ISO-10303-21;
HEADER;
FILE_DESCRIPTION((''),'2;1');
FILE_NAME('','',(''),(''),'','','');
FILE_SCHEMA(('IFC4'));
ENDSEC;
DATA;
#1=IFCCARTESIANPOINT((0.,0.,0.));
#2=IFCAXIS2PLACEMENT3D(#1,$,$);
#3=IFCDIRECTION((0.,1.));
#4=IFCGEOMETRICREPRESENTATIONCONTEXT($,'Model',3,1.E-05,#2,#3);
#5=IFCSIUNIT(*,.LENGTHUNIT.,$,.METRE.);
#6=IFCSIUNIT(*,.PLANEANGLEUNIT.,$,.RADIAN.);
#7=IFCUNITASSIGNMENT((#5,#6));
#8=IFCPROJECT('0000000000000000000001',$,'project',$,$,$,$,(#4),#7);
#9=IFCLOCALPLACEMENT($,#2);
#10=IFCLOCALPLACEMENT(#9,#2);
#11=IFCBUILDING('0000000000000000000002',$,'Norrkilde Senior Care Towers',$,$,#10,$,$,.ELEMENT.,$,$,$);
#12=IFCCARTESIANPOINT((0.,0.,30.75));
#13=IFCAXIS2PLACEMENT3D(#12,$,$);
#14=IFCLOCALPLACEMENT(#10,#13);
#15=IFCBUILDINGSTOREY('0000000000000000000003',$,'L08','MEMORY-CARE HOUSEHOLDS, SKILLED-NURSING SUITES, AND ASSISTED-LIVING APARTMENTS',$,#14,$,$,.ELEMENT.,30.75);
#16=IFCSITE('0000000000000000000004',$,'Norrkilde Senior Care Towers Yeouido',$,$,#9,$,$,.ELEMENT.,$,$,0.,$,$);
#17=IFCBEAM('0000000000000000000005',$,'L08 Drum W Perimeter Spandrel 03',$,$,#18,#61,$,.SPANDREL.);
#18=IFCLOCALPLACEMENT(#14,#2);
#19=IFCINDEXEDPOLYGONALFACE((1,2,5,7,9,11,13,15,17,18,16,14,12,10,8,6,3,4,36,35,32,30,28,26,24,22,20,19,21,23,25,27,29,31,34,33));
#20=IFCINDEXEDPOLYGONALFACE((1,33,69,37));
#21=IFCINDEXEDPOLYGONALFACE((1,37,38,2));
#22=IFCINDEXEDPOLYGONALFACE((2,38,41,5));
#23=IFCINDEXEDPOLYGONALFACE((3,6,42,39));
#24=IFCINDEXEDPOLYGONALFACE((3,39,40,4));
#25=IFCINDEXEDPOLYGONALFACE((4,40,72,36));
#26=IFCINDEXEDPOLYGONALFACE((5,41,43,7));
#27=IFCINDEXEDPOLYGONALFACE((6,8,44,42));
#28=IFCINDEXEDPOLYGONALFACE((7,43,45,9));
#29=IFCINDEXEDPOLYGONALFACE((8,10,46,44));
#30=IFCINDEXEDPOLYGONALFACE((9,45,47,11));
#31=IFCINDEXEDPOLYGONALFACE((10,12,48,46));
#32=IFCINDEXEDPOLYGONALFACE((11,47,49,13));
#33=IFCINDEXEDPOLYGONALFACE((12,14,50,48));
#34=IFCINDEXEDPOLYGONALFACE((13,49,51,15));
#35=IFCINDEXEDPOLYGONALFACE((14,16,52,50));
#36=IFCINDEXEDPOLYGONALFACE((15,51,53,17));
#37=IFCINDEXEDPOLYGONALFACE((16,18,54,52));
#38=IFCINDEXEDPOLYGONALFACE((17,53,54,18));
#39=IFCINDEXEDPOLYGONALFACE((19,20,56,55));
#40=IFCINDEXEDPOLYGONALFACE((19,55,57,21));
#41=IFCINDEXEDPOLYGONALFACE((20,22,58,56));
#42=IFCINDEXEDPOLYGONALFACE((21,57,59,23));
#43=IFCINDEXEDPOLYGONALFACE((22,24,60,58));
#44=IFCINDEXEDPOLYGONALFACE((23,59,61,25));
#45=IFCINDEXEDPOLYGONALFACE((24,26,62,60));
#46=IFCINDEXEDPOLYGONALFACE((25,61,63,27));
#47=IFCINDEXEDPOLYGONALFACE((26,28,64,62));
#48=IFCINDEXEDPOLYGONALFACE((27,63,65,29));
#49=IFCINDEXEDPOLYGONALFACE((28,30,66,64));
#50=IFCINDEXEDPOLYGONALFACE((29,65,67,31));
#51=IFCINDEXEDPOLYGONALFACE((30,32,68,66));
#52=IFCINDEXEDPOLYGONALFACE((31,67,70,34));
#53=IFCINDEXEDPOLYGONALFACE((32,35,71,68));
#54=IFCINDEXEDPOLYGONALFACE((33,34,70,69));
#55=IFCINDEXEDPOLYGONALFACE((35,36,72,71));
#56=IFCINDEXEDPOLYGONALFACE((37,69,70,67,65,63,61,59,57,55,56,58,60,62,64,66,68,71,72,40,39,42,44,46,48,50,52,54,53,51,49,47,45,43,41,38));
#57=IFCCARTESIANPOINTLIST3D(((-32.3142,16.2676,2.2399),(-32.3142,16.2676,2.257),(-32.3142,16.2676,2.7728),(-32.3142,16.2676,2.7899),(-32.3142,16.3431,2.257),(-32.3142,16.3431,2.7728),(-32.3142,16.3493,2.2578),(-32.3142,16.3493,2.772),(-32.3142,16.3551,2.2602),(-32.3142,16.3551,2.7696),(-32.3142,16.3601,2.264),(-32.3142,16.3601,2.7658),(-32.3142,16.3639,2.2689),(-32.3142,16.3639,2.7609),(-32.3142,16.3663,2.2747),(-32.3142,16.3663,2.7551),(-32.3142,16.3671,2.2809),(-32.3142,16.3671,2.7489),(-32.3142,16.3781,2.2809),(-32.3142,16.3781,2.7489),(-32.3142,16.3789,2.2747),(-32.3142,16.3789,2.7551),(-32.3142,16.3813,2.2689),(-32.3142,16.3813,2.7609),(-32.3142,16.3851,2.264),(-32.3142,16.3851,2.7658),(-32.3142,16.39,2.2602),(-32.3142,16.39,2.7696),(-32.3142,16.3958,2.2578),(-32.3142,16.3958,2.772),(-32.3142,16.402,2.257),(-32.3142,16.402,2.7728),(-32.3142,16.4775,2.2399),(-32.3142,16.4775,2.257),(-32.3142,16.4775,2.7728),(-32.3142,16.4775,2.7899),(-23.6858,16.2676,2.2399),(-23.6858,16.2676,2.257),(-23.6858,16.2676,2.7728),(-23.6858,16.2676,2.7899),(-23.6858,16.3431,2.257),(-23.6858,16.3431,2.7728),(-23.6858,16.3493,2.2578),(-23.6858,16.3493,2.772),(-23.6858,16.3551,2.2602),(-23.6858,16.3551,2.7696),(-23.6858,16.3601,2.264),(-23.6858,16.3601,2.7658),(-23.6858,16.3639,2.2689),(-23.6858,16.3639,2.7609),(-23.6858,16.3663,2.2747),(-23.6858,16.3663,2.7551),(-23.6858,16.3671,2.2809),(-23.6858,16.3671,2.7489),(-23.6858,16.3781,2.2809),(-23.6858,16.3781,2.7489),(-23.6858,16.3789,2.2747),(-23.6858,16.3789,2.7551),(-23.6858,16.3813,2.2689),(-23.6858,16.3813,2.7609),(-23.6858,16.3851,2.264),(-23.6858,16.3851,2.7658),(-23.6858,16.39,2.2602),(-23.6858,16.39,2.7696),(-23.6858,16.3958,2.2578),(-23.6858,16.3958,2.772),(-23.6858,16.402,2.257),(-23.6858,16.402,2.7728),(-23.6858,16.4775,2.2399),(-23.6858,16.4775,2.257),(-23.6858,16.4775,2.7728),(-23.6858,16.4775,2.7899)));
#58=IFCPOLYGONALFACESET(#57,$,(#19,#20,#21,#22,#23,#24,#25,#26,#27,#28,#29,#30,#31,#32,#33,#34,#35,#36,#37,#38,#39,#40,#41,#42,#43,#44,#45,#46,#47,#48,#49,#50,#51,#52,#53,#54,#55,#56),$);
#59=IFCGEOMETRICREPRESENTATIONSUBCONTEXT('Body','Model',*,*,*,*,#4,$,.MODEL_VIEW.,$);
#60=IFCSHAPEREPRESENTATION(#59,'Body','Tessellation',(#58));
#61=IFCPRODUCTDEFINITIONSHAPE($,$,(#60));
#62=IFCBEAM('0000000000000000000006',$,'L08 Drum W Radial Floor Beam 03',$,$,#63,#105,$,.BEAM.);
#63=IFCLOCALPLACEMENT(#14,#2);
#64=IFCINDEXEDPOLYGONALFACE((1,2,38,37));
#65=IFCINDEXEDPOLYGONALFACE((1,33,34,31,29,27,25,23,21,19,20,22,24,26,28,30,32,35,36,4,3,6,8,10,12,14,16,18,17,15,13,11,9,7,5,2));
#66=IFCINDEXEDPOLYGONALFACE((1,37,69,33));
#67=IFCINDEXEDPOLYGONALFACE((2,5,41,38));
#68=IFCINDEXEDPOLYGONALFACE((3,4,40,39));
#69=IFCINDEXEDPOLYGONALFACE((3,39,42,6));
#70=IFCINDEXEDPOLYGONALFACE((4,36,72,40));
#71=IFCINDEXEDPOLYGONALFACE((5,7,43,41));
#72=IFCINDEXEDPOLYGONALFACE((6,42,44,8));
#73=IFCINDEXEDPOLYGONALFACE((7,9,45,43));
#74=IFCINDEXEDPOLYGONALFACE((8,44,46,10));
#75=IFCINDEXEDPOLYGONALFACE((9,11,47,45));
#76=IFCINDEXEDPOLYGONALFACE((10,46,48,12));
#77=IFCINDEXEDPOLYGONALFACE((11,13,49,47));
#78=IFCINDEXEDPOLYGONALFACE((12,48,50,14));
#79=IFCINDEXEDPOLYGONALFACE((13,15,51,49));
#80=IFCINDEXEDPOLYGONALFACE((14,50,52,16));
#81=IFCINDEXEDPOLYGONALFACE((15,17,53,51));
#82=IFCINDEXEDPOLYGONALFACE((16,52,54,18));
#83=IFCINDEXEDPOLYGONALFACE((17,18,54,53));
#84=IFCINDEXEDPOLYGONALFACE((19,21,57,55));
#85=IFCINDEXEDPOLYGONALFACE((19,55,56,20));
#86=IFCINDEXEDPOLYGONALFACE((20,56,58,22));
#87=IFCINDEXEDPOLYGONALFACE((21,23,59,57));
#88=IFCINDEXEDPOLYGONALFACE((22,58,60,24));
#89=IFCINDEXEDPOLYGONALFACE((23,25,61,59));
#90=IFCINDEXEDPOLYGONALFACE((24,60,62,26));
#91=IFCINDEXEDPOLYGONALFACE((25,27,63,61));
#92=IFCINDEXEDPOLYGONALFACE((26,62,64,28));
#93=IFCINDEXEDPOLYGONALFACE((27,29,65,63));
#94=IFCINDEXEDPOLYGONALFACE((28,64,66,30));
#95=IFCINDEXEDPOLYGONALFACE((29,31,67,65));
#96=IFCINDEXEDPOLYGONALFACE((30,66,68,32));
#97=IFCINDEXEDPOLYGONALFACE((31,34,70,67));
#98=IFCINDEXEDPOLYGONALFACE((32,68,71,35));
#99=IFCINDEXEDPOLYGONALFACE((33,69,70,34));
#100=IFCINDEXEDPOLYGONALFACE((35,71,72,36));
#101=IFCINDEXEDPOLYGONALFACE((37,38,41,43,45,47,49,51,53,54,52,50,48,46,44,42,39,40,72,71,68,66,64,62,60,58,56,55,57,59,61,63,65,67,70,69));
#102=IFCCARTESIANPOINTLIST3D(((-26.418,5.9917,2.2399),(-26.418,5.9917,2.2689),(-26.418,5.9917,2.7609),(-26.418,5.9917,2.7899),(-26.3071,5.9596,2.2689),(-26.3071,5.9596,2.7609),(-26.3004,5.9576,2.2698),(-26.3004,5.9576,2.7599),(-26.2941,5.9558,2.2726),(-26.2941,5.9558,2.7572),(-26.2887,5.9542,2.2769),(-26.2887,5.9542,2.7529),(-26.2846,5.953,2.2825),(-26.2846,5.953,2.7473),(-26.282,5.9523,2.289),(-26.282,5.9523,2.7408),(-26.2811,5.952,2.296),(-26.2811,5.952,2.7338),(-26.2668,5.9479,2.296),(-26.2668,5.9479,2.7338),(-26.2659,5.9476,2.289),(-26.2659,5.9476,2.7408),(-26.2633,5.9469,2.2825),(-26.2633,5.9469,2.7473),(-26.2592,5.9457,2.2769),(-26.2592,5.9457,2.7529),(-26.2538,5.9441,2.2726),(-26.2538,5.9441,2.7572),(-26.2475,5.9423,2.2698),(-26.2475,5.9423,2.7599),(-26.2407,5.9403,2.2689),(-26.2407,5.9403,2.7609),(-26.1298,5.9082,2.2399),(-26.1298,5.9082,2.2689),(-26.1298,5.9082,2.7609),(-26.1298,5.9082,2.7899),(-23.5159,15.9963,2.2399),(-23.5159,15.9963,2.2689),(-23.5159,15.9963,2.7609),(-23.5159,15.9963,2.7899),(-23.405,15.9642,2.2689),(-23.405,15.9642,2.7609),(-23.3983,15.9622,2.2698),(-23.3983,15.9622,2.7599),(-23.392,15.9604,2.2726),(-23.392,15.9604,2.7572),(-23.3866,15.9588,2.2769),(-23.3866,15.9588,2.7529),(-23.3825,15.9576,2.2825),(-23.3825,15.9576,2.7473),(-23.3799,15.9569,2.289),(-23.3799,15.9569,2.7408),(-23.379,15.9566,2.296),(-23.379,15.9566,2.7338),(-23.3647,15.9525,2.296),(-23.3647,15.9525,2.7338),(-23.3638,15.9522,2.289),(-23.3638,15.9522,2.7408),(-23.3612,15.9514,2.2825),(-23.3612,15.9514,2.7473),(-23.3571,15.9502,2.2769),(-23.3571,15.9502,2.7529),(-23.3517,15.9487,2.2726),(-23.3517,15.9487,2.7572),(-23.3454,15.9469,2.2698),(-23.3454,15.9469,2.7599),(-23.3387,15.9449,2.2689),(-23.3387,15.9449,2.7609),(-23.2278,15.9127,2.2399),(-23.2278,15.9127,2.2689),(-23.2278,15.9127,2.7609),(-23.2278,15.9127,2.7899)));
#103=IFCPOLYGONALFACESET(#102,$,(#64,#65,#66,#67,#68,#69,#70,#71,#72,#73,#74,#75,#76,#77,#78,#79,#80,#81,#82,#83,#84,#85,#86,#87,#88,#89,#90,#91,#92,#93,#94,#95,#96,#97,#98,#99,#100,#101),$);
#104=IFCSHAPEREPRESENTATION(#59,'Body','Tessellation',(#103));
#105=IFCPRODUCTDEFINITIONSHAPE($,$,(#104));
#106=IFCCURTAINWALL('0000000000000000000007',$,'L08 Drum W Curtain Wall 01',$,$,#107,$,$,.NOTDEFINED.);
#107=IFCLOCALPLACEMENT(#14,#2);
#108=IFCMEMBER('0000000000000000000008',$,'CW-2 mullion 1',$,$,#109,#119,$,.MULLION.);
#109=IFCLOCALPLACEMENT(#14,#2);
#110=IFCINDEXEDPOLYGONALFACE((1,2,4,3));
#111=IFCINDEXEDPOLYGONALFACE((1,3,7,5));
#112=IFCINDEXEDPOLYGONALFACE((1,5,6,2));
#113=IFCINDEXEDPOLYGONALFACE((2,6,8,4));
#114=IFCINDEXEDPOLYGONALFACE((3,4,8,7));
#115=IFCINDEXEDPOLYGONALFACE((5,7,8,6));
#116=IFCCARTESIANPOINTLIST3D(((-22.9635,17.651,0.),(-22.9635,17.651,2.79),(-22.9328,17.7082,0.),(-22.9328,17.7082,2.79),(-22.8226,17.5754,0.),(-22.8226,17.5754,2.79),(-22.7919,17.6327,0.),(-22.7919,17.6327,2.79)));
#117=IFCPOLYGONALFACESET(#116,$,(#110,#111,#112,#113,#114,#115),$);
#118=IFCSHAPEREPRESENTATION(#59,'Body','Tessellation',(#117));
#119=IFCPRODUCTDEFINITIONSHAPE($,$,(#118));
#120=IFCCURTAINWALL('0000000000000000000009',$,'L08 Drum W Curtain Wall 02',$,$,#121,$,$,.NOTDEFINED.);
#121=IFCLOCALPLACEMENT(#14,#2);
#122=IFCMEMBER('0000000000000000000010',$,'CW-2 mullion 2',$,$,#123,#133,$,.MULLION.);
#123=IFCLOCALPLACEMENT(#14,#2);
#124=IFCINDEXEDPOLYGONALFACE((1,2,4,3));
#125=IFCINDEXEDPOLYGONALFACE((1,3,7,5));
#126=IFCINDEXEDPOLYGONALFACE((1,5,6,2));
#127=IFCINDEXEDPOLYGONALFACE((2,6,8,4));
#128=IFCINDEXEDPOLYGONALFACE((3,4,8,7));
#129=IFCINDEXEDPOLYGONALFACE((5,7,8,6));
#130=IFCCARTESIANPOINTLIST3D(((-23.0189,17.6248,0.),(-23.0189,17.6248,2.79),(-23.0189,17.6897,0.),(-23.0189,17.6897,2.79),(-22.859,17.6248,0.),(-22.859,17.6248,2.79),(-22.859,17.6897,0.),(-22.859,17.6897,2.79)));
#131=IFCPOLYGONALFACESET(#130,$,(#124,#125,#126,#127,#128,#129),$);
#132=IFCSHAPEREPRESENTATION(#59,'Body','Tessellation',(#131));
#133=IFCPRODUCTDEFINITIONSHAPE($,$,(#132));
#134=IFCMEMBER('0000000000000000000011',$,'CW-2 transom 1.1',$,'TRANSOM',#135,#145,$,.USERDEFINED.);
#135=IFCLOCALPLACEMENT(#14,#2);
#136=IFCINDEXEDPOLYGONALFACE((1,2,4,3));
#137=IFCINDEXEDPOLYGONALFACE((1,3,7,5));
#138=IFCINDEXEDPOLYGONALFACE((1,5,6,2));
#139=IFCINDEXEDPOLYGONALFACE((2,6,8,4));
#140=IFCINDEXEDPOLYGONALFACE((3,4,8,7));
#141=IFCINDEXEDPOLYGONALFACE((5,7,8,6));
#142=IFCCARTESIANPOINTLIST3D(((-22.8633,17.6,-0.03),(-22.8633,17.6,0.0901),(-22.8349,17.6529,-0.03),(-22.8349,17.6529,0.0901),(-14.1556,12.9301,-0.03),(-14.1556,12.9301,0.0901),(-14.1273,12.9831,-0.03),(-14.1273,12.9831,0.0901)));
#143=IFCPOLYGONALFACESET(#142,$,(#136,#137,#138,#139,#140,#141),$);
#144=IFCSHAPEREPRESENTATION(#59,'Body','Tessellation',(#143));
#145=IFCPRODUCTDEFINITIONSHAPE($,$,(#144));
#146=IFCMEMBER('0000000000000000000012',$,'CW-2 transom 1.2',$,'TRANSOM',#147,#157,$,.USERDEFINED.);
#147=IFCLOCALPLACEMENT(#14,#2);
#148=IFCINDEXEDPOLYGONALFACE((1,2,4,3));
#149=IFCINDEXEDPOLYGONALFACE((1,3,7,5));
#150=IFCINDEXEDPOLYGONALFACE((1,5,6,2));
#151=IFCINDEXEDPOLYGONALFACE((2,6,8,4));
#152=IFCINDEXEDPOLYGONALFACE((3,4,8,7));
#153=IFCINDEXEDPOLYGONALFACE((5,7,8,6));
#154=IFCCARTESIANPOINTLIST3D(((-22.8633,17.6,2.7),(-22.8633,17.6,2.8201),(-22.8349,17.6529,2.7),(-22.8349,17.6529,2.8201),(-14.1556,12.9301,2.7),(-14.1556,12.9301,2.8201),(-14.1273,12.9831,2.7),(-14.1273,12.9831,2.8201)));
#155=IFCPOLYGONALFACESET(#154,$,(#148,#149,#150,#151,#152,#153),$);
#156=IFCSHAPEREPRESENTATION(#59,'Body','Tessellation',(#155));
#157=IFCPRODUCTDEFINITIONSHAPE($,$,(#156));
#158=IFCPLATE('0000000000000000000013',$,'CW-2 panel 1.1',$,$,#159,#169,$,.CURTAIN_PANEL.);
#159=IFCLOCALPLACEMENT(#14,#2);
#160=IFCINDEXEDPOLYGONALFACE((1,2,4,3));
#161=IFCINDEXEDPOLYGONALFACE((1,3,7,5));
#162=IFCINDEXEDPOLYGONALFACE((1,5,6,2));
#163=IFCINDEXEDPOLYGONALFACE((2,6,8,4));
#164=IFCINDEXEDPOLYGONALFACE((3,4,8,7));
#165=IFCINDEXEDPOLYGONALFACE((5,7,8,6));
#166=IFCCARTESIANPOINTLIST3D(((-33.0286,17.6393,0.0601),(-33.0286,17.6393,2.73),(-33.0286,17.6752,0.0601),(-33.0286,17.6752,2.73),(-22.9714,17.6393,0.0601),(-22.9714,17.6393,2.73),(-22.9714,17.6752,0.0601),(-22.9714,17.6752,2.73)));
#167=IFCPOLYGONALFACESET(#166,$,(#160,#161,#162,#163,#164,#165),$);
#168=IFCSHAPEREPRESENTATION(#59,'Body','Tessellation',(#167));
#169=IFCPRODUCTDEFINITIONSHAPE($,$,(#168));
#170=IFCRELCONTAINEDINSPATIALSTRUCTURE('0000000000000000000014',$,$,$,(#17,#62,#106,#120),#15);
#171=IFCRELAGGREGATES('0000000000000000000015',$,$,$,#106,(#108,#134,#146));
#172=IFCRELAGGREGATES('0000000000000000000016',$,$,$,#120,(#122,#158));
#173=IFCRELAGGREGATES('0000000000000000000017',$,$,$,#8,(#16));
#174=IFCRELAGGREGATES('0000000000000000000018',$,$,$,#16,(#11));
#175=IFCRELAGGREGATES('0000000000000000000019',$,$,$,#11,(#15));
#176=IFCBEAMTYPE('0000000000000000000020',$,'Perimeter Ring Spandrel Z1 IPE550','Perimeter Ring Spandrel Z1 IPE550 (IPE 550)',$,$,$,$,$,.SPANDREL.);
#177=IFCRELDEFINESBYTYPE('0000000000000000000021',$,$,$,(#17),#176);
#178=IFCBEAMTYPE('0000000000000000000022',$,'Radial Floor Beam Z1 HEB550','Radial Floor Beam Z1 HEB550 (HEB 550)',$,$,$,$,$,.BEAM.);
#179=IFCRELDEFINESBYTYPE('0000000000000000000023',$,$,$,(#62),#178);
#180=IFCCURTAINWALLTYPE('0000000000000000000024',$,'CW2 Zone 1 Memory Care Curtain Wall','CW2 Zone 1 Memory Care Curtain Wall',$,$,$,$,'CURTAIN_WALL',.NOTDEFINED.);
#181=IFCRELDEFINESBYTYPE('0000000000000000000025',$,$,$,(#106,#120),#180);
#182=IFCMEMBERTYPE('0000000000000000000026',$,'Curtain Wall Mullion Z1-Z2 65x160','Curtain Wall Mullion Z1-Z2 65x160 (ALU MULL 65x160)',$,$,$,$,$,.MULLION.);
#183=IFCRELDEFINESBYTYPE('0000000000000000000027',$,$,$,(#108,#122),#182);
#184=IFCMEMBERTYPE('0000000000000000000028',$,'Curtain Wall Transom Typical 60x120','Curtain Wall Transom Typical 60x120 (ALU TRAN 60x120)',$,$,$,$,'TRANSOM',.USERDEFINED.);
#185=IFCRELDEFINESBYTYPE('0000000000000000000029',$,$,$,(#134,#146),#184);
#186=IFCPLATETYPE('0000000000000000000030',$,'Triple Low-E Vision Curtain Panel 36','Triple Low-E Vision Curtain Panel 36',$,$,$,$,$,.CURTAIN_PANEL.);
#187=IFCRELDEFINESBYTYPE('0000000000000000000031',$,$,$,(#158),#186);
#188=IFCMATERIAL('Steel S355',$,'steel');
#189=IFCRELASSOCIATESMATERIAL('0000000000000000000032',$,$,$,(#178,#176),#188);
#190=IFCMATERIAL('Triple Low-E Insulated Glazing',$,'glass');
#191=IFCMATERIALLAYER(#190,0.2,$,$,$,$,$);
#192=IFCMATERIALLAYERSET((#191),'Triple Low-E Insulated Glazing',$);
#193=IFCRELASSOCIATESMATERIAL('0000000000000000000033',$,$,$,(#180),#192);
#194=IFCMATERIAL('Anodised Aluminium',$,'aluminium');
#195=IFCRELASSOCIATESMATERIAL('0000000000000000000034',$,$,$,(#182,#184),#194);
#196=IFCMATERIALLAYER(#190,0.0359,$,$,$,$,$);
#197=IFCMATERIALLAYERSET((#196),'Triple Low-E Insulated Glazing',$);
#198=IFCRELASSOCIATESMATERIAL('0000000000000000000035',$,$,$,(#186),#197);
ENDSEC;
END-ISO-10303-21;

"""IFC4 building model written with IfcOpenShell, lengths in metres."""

from ifc_helpers import new_model, si_unit, direction, frame, origin, origin_2d, place, context, subcontext, project, spatial, rectangle, i_section, extrude, source, transform, mapped, material, layer, layer_set, material_profile, profile_set, type_object, type_shapes, element, aggregate, save


model = new_model("IFC4")

# Units and contexts
model_context = context("Model", 3, precision=1e-05, world=origin(), true_north=direction((0.0, 1.0)))
body_context = subcontext(model_context, "Body", "Model", "MODEL_VIEW")
ifc_project = project(units=[si_unit("LENGTHUNIT", "METRE"), si_unit("PLANEANGLEUNIT", "RADIAN")], contexts=[model_context])

# Site, building, storey
site_placement = place(None, origin())
site = spatial("IfcSite", under=ifc_project, at=site_placement, Name="Norrkilde Senior Care Towers Yeouido", CompositionType="ELEMENT", RefElevation=0.0)
building_placement = place(site_placement, origin())
building = spatial("IfcBuilding", under=site, at=building_placement, Name="Norrkilde Senior Care Towers", CompositionType="ELEMENT")
storey_placement = place(building_placement, frame((0.0, 0.0, 30.75)))
storey = spatial("IfcBuildingStorey", under=building, at=storey_placement, Name="L08", Description="MEMORY-CARE HOUSEHOLDS, SKILLED-NURSING SUITES, AND ASSISTED-LIVING APARTMENTS", CompositionType="ELEMENT", Elevation=30.75)

# Beams
ifc_material_1 = material(Name="Steel S355", Category="steel")
ifc_material_profile_1 = material_profile(ifc_material_1, i_section(OverallWidth=0.3, OverallDepth=0.55, WebThickness=0.0149, FlangeThickness=0.0291, FilletRadius=0.0271, at=origin_2d()), Name="HEB 550")
ifc_profile_set_1 = profile_set([ifc_material_profile_1], Name="Steel S355")
beam_type_1 = type_object("IfcBeamType", Name="Radial Floor Beam Z1 HEB550", Description="Radial Floor Beam Z1 HEB550 (HEB 550)", PredefinedType="BEAM", material=ifc_profile_set_1)
ifc_material_profile_2 = material_profile(ifc_material_1, i_section(OverallWidth=0.21, OverallDepth=0.55, WebThickness=0.011, FlangeThickness=0.0171, FilletRadius=0.0239, at=origin_2d()), Name="IPE 550")
ifc_profile_set_2 = profile_set([ifc_material_profile_2], Name="Steel S355")
beam_type_2 = type_object("IfcBeamType", Name="Perimeter Ring Spandrel Z1 IPE550", Description="Perimeter Ring Spandrel Z1 IPE550 (IPE 550)", PredefinedType="SPANDREL", material=ifc_profile_set_2)
shared_shape_1 = source(origin(), body_context, "Body", "SweptSolid", [
    extrude(i_section(OverallWidth=0.21, OverallDepth=0.55, WebThickness=0.011, FlangeThickness=0.0171, FilletRadius=0.0239, at=origin_2d()), origin(), (0.0, 0.0, 1.0), 8.6284),
])
type_shapes(beam_type_2, [shared_shape_1])
beam_1_placement = place(storey_placement, frame((-23.6858, 16.3726, 2.5149), z_axis=(-1.0, 0.0, 0.0), x_axis=(0.0, -1.0, 0.0)))
element("IfcBeam", 1, at=beam_1_placement, inside=storey, type_object=beam_type_2, Name="L08 Drum W Perimeter Spandrel 03", PredefinedType="SPANDREL", context=body_context, shape_type="MappedRepresentation", body=[
    mapped(shared_shape_1, transform((0.0, 0.0, 0.0), x_axis=(1.0, 0.0, 0.0), y_axis=(0.0, 1.0, 0.0), z_axis=(0.0, 0.0, 1.0), scale=1.0)),
])
shared_shape_2 = source(origin(), body_context, "Body", "SweptSolid", [
    extrude(i_section(OverallWidth=0.3, OverallDepth=0.55, WebThickness=0.0149, FlangeThickness=0.0291, FilletRadius=0.0271, at=origin_2d()), origin(), (0.0, 0.0, 1.0), 10.417),
])
beam_2_placement = place(storey_placement, frame((-26.2739, 5.95, 2.5149), z_axis=(0.278591, 0.96041, 0.0), x_axis=(-0.96041, 0.278591, 0.0)))
element("IfcBeam", 2, at=beam_2_placement, inside=storey, type_object=beam_type_1, Name="L08 Drum W Radial Floor Beam 03", PredefinedType="BEAM", context=body_context, shape_type="MappedRepresentation", body=[
    mapped(shared_shape_2, transform((0.0, 0.0, 0.0), x_axis=(1.0, 0.0, 0.0), y_axis=(0.0, 1.0, 0.0), z_axis=(0.0, 0.0, 1.0), scale=1.0)),
])

# Curtain walls, members
ifc_material_2 = material(Name="Triple Low-E Insulated Glazing", Category="glass")
ifc_layer_1 = layer(ifc_material_2, 0.2)
ifc_layer_set_1 = layer_set([ifc_layer_1], Name="Triple Low-E Insulated Glazing")
curtain_wall_type = type_object("IfcCurtainWallType", Name="CW2 Zone 1 Memory Care Curtain Wall", Description="CW2 Zone 1 Memory Care Curtain Wall", ElementType="CURTAIN_WALL", PredefinedType="NOTDEFINED", material=ifc_layer_set_1)
curtain_wall_1_placement = place(storey_placement, origin())
curtain_wall_1 = element("IfcCurtainWall", 3, at=curtain_wall_1_placement, inside=storey, type_object=curtain_wall_type, Name="L08 Drum W Curtain Wall 01", PredefinedType="NOTDEFINED")
ifc_material_3 = material(Name="Anodised Aluminium", Category="aluminium")
ifc_material_profile_3 = material_profile(ifc_material_3, rectangle(XDim=0.0649, YDim=0.1599, at=origin_2d()), Name="ALU MULL 65x160")
ifc_profile_set_3 = profile_set([ifc_material_profile_3], Name="Anodised Aluminium")
member_type_1 = type_object("IfcMemberType", Name="Curtain Wall Mullion Z1-Z2 65x160", Description="Curtain Wall Mullion Z1-Z2 65x160 (ALU MULL 65x160)", PredefinedType="MULLION", material=ifc_profile_set_3)
shared_shape_3 = source(origin(), body_context, "Body", "SweptSolid", [
    extrude(rectangle(XDim=0.0649, YDim=0.1599, at=origin_2d()), origin(), (0.0, 0.0, 1.0), 2.79),
])
type_shapes(member_type_1, [shared_shape_3])
member_1_placement = place(storey_placement, frame((-22.8777, 17.6418, 0.0), z_axis=(0.0, 0.0, 1.0), x_axis=(0.472608, 0.881273, 0.0)))
member_1 = element("IfcMember", 4, at=member_1_placement, type_object=member_type_1, Name="CW-2 mullion 1", PredefinedType="MULLION", context=body_context, shape_type="MappedRepresentation", body=[
    mapped(shared_shape_3, transform((0.0, 0.0, 0.0), x_axis=(1.0, 0.0, 0.0), y_axis=(0.0, 1.0, 0.0), z_axis=(0.0, 0.0, 1.0), scale=1.0)),
])
curtain_wall_2_placement = place(storey_placement, origin())
curtain_wall_2 = element("IfcCurtainWall", 5, at=curtain_wall_2_placement, inside=storey, type_object=curtain_wall_type, Name="L08 Drum W Curtain Wall 02", PredefinedType="NOTDEFINED")
member_2_placement = place(storey_placement, frame((-22.939, 17.6572, 0.0), z_axis=(0.0, 0.0, 1.0), x_axis=(0.0, 1.0, 0.0)))
member_2 = element("IfcMember", 6, at=member_2_placement, type_object=member_type_1, Name="CW-2 mullion 2", PredefinedType="MULLION", context=body_context, shape_type="MappedRepresentation", body=[
    mapped(shared_shape_3, transform((0.0, 0.0, 0.0), x_axis=(1.0, 0.0, 0.0), y_axis=(0.0, 1.0, 0.0), z_axis=(0.0, 0.0, 1.0), scale=1.0)),
])

# Members
ifc_material_profile_4 = material_profile(ifc_material_3, rectangle(XDim=0.0601, YDim=0.1201, at=origin_2d()), Name="ALU TRAN 60x120")
ifc_profile_set_4 = profile_set([ifc_material_profile_4], Name="Anodised Aluminium")
member_type_2 = type_object("IfcMemberType", Name="Curtain Wall Transom Typical 60x120", Description="Curtain Wall Transom Typical 60x120 (ALU TRAN 60x120)", ElementType="TRANSOM", PredefinedType="USERDEFINED", material=ifc_profile_set_4)
shared_shape_4 = source(origin(), body_context, "Body", "SweptSolid", [
    extrude(rectangle(XDim=0.0601, YDim=0.1201, at=origin_2d()), origin(), (0.0, 0.0, 1.0), 9.8809),
])
type_shapes(member_type_2, [shared_shape_4])
member_3_placement = place(storey_placement, frame((-22.8491, 17.6265, 0.03), z_axis=(0.881267, -0.472618, 0.0), x_axis=(0.472618, 0.881267, 0.0)))
member_3 = element("IfcMember", 7, at=member_3_placement, type_object=member_type_2, Name="CW-2 transom 1.1", ObjectType="TRANSOM", PredefinedType="USERDEFINED", context=body_context, shape_type="MappedRepresentation", body=[
    mapped(shared_shape_4, transform((0.0, 0.0, 0.0), x_axis=(1.0, 0.0, 0.0), y_axis=(0.0, 1.0, 0.0), z_axis=(0.0, 0.0, 1.0), scale=1.0)),
])
member_4_placement = place(storey_placement, frame((-22.8491, 17.6265, 2.76), z_axis=(0.881267, -0.472618, 0.0), x_axis=(0.472618, 0.881267, 0.0)))
member_4 = element("IfcMember", 8, at=member_4_placement, type_object=member_type_2, Name="CW-2 transom 1.2", ObjectType="TRANSOM", PredefinedType="USERDEFINED", context=body_context, shape_type="MappedRepresentation", body=[
    mapped(shared_shape_4, transform((0.0, 0.0, 0.0), x_axis=(1.0, 0.0, 0.0), y_axis=(0.0, 1.0, 0.0), z_axis=(0.0, 0.0, 1.0), scale=1.0)),
])
aggregate(curtain_wall_1, [member_1, member_3, member_4])

# Plate
ifc_layer_2 = layer(ifc_material_2, 0.0359)
ifc_layer_set_2 = layer_set([ifc_layer_2], Name="Triple Low-E Insulated Glazing")
plate_type = type_object("IfcPlateType", Name="Triple Low-E Vision Curtain Panel 36", Description="Triple Low-E Vision Curtain Panel 36", PredefinedType="CURTAIN_PANEL", material=ifc_layer_set_2)
shared_shape_5 = source(origin(), body_context, "Body", "SweptSolid", [
    extrude(rectangle(XDim=10.0571, YDim=0.0359, at=origin_2d()), origin(), (0.0, 0.0, 1.0), 2.6699),
])
type_shapes(plate_type, [shared_shape_5])
plate_placement = place(storey_placement, frame((-28.0, 17.6572, 0.0601), z_axis=(0.0, 0.0, 1.0), x_axis=(1.0, 0.0, 0.0)))
plate = element("IfcPlate", 9, at=plate_placement, type_object=plate_type, Name="CW-2 panel 1.1", PredefinedType="CURTAIN_PANEL", context=body_context, shape_type="MappedRepresentation", body=[
    mapped(shared_shape_5, transform((0.0, 0.0, 0.0), x_axis=(1.0, 0.0, 0.0), y_axis=(0.0, 1.0, 0.0), z_axis=(0.0, 0.0, 1.0), scale=1.0)),
])
aggregate(curtain_wall_2, [member_2, plate])

save(model, "model.ifc")
